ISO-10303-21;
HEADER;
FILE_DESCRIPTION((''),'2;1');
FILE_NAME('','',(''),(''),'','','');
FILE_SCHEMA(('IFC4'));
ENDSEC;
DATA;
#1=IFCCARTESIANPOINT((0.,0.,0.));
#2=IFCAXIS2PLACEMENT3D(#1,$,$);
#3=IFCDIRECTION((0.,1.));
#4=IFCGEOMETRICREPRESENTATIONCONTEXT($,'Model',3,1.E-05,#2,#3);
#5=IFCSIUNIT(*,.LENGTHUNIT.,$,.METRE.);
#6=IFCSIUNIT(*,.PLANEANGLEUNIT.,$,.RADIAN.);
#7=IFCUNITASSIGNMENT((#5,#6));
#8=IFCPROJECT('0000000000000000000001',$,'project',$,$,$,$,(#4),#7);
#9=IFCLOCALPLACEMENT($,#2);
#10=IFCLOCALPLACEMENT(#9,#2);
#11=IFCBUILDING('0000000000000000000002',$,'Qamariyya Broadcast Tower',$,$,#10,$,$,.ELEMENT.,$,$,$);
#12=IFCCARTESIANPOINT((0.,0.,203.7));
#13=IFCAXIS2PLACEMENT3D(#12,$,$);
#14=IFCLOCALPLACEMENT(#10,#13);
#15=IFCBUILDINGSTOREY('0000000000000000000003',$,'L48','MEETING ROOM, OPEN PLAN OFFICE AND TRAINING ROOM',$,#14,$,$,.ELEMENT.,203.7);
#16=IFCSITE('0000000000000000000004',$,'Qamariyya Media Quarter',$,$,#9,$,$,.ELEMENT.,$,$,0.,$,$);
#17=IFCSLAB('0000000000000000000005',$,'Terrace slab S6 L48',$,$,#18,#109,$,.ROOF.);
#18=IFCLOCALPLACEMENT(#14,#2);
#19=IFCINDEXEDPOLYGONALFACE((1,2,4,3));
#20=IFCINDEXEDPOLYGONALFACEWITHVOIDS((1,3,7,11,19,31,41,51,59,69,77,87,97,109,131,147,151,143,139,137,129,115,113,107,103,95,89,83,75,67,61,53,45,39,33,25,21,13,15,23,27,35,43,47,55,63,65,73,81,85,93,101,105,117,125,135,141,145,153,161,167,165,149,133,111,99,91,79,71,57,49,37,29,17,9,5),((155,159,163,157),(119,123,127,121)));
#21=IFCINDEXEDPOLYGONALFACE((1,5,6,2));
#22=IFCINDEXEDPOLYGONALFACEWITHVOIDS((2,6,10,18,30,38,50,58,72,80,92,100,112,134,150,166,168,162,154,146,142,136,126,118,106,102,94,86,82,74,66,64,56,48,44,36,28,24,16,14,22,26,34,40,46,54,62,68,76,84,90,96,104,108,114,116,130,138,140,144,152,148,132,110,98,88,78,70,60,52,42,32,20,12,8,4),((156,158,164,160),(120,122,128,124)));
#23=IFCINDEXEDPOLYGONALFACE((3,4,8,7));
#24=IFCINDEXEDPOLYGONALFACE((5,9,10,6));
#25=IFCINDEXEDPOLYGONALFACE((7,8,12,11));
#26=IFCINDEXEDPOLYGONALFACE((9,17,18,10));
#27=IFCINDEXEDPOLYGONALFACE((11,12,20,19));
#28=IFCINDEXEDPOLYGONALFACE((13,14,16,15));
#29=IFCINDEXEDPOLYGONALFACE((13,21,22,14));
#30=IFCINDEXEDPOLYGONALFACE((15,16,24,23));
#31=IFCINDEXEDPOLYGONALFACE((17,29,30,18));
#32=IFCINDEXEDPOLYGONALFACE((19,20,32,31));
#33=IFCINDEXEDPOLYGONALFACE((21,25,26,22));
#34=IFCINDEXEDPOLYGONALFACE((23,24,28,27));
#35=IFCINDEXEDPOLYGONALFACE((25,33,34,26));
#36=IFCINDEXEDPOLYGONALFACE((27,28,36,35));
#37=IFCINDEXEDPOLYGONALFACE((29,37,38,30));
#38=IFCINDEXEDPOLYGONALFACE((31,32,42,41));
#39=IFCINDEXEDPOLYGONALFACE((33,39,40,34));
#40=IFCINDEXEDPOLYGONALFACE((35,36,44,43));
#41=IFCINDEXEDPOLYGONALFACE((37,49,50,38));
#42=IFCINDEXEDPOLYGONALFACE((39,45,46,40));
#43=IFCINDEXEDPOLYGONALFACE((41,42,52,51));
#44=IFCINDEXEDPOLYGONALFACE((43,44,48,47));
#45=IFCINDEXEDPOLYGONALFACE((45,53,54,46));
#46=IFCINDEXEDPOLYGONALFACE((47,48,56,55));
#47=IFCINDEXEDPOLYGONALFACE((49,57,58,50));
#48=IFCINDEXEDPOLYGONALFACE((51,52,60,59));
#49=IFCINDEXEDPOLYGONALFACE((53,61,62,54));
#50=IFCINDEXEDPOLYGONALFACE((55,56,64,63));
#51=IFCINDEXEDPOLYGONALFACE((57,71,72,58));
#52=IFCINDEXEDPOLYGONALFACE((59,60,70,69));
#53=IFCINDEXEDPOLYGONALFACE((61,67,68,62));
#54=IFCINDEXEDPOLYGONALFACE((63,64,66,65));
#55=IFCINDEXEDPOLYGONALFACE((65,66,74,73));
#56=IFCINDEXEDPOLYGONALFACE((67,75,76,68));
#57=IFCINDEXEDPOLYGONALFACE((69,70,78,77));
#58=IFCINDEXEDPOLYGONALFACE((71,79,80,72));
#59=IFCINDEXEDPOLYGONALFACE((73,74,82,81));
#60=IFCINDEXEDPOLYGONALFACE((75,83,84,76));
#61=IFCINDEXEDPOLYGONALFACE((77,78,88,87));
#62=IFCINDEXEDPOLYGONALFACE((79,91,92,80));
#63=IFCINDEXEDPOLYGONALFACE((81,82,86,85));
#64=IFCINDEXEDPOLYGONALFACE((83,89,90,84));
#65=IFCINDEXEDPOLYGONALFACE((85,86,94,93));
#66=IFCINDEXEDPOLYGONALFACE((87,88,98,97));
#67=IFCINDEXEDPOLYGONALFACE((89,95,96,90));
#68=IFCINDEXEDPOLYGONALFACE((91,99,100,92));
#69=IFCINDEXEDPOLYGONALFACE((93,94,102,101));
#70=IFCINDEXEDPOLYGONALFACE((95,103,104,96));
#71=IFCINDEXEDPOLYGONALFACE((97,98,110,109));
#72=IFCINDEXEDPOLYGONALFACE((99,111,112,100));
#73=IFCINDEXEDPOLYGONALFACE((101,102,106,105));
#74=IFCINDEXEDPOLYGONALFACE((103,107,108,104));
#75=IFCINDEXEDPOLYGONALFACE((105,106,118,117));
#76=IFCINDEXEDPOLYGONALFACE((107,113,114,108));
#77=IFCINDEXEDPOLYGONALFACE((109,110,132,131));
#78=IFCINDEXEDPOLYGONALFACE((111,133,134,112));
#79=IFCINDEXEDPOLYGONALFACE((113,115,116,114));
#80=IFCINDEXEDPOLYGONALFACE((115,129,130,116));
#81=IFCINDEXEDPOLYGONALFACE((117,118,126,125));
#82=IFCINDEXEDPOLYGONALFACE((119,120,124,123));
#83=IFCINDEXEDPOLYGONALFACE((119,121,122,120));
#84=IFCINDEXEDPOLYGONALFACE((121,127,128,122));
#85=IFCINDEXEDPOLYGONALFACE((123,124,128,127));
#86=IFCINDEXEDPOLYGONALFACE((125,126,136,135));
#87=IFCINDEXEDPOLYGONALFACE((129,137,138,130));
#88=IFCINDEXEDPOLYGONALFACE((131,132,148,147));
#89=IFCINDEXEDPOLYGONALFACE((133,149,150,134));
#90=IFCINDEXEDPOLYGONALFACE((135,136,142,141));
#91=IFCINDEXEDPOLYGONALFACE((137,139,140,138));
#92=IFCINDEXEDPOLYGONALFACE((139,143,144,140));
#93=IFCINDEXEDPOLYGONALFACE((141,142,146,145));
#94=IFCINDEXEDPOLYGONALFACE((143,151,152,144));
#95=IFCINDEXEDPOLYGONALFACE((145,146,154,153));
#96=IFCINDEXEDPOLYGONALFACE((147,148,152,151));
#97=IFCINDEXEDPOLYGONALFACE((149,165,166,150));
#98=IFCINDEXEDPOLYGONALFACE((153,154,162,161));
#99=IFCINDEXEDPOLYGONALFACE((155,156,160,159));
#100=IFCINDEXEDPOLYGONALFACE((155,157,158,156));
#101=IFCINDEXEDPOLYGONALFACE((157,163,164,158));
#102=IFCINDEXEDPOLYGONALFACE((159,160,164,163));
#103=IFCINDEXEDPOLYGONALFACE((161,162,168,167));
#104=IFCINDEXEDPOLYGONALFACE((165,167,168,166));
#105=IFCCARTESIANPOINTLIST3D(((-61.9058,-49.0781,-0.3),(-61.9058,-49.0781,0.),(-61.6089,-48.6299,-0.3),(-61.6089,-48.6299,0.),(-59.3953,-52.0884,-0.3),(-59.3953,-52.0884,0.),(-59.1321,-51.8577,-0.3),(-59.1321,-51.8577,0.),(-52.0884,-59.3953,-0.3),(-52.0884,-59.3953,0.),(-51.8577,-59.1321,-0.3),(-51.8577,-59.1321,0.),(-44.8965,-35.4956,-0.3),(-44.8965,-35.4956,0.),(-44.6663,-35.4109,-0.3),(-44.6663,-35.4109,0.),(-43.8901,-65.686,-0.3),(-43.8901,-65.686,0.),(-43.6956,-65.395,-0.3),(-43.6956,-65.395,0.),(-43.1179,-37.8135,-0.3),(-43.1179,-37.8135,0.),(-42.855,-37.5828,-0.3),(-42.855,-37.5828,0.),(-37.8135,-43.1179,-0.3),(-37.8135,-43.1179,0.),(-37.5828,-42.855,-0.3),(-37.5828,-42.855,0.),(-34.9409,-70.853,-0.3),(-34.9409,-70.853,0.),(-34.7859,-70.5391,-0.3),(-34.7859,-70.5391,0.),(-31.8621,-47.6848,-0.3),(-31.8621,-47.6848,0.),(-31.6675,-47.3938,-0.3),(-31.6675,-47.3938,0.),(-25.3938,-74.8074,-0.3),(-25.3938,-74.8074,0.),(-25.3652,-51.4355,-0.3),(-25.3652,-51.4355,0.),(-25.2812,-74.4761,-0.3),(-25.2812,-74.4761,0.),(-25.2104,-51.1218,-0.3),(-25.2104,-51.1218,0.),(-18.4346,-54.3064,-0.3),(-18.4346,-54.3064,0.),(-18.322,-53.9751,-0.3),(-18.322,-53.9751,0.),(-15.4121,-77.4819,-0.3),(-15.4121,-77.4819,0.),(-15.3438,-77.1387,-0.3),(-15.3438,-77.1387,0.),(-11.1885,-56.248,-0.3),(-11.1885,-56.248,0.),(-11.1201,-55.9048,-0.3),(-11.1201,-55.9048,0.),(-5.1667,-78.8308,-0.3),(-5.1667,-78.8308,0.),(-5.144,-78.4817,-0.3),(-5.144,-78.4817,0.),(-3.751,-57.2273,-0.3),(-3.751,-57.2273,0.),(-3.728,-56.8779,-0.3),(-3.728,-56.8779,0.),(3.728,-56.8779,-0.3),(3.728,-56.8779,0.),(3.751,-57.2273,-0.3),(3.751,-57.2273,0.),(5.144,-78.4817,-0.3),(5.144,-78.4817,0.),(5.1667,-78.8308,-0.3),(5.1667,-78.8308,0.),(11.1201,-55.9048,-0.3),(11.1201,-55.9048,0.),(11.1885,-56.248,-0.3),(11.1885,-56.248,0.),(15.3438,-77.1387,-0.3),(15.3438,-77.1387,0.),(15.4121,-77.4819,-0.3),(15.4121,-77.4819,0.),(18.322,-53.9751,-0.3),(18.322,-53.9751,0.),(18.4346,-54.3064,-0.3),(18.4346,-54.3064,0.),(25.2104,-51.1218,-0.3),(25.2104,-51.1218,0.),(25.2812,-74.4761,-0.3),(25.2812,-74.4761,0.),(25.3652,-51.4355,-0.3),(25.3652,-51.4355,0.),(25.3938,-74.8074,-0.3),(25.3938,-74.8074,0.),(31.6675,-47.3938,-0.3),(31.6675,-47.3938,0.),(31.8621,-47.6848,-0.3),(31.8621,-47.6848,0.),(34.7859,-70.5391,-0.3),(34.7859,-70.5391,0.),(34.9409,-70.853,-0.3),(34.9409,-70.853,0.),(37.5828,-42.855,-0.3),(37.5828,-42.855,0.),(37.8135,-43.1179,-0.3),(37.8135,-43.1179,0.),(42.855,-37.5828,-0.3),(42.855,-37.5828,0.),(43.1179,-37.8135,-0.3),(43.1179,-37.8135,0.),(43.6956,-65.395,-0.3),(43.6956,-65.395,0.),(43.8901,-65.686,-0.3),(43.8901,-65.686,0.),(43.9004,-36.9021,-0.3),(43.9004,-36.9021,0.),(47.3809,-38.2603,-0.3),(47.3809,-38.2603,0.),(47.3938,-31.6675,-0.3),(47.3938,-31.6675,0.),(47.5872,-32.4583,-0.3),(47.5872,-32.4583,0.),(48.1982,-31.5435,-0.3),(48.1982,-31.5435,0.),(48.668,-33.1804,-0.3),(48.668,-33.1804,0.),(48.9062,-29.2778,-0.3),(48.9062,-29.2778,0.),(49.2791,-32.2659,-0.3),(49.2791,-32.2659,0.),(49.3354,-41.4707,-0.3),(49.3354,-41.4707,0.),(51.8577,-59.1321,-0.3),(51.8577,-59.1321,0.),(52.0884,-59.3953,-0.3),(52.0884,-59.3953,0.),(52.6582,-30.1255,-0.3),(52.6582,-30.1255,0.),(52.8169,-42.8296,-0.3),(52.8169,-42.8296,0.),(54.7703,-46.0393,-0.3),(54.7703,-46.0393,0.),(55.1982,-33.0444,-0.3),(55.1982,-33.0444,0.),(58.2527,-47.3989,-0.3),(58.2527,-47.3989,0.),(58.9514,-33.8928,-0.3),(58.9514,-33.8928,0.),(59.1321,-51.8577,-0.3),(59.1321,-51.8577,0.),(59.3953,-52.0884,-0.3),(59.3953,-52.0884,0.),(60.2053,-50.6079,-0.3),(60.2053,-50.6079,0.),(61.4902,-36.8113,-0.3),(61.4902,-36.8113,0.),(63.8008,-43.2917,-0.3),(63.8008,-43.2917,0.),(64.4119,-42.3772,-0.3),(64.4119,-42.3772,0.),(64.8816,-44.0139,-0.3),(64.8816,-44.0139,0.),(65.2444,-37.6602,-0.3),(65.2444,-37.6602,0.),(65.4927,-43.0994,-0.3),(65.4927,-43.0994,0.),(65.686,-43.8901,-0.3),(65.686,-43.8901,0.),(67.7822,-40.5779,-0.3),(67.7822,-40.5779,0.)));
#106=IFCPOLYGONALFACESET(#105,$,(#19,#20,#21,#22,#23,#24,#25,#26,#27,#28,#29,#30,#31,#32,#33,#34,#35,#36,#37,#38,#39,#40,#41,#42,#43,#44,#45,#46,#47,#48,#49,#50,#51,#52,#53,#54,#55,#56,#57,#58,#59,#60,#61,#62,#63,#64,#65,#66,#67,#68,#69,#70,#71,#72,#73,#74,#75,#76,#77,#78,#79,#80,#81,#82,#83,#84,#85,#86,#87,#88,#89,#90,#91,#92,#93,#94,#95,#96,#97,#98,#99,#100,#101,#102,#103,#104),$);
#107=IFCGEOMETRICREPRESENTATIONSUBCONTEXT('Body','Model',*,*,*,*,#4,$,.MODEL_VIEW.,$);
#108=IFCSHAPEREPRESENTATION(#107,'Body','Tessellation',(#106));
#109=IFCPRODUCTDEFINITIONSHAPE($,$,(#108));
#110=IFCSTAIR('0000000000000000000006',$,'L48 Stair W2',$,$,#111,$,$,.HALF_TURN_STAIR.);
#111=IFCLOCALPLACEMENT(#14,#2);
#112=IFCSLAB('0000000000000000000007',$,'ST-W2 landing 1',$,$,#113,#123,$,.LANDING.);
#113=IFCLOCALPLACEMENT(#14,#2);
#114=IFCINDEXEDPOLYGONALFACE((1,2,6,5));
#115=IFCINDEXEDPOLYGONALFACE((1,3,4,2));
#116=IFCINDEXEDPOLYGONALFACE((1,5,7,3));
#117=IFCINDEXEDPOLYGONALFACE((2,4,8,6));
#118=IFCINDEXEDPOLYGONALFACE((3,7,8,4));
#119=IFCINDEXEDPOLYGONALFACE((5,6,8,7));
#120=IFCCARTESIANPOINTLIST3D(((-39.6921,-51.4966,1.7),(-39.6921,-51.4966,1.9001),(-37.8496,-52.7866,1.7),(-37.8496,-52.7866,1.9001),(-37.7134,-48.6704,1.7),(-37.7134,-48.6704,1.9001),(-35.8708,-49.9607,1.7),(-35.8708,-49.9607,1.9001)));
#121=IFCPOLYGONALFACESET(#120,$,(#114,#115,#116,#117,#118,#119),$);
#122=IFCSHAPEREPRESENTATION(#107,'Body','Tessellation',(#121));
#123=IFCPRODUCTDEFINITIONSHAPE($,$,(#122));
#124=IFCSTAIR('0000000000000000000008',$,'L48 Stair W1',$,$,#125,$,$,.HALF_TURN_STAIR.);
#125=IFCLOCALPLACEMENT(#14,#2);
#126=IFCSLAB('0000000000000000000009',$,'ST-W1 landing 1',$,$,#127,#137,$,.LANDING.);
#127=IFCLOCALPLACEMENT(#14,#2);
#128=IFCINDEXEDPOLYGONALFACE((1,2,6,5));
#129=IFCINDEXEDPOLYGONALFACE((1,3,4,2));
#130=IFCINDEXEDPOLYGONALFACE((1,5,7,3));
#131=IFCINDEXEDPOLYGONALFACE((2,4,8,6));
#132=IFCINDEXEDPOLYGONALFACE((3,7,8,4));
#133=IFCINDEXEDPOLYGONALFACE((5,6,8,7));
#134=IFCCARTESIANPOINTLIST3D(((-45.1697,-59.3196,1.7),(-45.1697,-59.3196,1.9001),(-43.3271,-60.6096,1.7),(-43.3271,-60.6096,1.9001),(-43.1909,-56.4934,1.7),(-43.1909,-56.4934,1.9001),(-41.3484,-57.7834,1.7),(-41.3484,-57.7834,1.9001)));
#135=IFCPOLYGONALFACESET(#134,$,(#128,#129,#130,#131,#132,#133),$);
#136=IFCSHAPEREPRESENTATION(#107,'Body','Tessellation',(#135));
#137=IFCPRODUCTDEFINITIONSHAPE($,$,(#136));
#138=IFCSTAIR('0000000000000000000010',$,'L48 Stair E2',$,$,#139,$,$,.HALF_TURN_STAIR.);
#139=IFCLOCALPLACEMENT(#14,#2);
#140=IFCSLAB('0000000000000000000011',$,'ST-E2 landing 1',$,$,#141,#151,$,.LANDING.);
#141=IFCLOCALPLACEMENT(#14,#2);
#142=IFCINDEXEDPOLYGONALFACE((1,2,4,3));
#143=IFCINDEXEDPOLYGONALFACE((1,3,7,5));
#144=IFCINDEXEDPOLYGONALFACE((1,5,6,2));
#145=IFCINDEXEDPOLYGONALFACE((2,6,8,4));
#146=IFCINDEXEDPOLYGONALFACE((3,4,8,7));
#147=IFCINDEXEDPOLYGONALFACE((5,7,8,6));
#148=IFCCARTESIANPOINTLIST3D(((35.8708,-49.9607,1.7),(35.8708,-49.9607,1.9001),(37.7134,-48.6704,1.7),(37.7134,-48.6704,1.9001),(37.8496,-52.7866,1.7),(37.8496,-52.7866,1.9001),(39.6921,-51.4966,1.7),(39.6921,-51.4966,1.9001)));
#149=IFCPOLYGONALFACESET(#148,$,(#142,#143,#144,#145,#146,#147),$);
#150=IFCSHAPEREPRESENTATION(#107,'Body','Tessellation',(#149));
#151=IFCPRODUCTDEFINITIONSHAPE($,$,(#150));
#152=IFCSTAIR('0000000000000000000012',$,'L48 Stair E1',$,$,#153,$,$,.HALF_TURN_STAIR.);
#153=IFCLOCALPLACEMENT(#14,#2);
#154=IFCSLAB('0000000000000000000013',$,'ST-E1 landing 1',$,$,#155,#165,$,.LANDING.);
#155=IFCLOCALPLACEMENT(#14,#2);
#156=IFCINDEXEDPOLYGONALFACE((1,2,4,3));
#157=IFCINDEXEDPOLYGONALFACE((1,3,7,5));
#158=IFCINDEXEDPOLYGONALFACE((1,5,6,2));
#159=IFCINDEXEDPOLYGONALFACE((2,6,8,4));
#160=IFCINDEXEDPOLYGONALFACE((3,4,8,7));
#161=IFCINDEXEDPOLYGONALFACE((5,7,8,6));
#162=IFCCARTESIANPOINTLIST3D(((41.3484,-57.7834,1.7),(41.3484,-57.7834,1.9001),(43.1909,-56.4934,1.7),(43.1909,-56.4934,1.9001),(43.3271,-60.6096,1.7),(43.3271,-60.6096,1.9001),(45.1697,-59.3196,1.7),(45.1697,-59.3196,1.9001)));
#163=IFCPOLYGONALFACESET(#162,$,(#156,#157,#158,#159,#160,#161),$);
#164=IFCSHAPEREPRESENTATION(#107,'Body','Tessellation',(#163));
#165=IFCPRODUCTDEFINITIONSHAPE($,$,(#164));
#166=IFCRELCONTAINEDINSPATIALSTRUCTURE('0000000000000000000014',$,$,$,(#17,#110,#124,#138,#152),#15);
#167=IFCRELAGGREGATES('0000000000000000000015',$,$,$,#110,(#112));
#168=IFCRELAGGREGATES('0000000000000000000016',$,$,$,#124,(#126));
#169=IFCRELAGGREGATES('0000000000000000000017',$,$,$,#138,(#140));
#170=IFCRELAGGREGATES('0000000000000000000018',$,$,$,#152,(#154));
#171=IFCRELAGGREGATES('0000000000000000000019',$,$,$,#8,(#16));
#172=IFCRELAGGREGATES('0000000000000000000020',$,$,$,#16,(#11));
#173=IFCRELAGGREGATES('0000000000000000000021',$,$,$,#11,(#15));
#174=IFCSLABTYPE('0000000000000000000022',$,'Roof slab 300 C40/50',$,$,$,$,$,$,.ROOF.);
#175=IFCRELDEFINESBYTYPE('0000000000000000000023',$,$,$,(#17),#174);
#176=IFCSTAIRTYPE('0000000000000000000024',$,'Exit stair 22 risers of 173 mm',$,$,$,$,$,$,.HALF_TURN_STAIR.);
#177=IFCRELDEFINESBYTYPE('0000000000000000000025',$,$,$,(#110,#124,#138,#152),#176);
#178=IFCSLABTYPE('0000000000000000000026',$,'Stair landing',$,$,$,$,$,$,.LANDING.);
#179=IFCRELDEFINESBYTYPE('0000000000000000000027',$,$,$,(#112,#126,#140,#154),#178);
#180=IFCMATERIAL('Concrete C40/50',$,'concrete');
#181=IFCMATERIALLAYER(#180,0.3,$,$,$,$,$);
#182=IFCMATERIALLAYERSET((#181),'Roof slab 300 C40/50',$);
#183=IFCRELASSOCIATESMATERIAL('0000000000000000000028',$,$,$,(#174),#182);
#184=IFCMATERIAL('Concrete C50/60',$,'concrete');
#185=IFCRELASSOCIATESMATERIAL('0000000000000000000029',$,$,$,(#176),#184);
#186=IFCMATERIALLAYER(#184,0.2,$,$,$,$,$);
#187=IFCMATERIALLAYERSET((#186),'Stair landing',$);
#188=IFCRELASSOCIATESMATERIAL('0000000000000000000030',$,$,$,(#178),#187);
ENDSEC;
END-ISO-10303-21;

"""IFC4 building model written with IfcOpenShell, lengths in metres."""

from ifc_helpers import new_model, si_unit, direction, frame, origin, place, context, subcontext, project, spatial, polyline, outline, extrude, material, layer, layer_set, type_object, element, aggregate, save


model = new_model("IFC4")

# Units and contexts
model_context = context("Model", 3, precision=1e-05, world=origin(), true_north=direction((0.0, 1.0)))
body_context = subcontext(model_context, "Body", "Model", "MODEL_VIEW")
ifc_project = project(units=[si_unit("LENGTHUNIT", "METRE"), si_unit("PLANEANGLEUNIT", "RADIAN")], contexts=[model_context])

# Site, building, storey
site_placement = place(None, origin())
site = spatial("IfcSite", under=ifc_project, at=site_placement, Name="Qamariyya Media Quarter", CompositionType="ELEMENT", RefElevation=0.0)
building_placement = place(site_placement, origin())
building = spatial("IfcBuilding", under=site, at=building_placement, Name="Qamariyya Broadcast Tower", CompositionType="ELEMENT")
storey_placement = place(building_placement, frame((0.0, 0.0, 203.7)))
storey = spatial("IfcBuildingStorey", under=building, at=storey_placement, Name="L48", Description="MEETING ROOM, OPEN PLAN OFFICE AND TRAINING ROOM", CompositionType="ELEMENT", Elevation=203.7)

# Shared definitions
ifc_material_1 = material(Name="Concrete C40/50", Category="concrete")

# Slab
ifc_layer_1 = layer(ifc_material_1, 0.3)
ifc_layer_set_1 = layer_set([ifc_layer_1], Name="Roof slab 300 C40/50")
slab_type_1 = type_object("IfcSlabType", Name="Roof slab 300 C40/50", PredefinedType="ROOF", material=ifc_layer_set_1)
slab_1_placement = place(storey_placement, frame((0.0, 0.0, -0.3)))
element("IfcSlab", 1, at=slab_1_placement, inside=storey, type_object=slab_type_1, Name="Terrace slab S6 L48", PredefinedType="ROOF", context=body_context, shape_type="SweptSolid", body=[
    extrude(outline(polyline([(-37.5828, -42.855), (-42.855, -37.5828), (-44.6663, -35.4109), (-44.8965, -35.4956), (-43.1179, -37.8135), (-37.8135, -43.1179), (-31.8621, -47.6848), (-25.3652, -51.4355), (-18.4346, -54.3064), (-11.1885, -56.248), (-3.751, -57.2273), (3.751, -57.2273), (11.1885, -56.248), (18.4346, -54.3064), (25.3652, -51.4355), (31.8621, -47.6848), (37.8135, -43.1179), (43.1179, -37.8135), (43.9004, -36.9021), (47.3809, -38.2603), (49.3354, -41.4707), (52.8169, -42.8296), (54.7703, -46.0393), (58.2527, -47.3989), (60.2053, -50.6079), (59.1321, -51.8577), (51.8577, -59.1321), (43.6956, -65.395), (34.7859, -70.5391), (25.2812, -74.4761), (15.3438, -77.1387), (5.144, -78.4817), (-5.144, -78.4817), (-15.3438, -77.1387), (-25.2812, -74.4761), (-34.7859, -70.5391), (-43.6956, -65.395), (-51.8577, -59.1321), (-59.1321, -51.8577), (-61.6089, -48.6299), (-61.9058, -49.0781), (-59.3953, -52.0884), (-52.0884, -59.3953), (-43.8901, -65.686), (-34.9409, -70.853), (-25.3938, -74.8074), (-15.4121, -77.4819), (-5.1667, -78.8308), (5.1667, -78.8308), (15.4121, -77.4819), (25.3938, -74.8074), (34.9409, -70.853), (43.8901, -65.686), (52.0884, -59.3953), (59.3953, -52.0884), (65.686, -43.8901), (67.7822, -40.5779), (65.2444, -37.6602), (61.4902, -36.8113), (58.9514, -33.8928), (55.1982, -33.0444), (52.6582, -30.1255), (48.9062, -29.2778), (47.3938, -31.6675), (42.855, -37.5828), (37.5828, -42.855), (31.6675, -47.3938), (25.2104, -51.1218), (18.322, -53.9751), (11.1201, -55.9048), (3.728, -56.8779), (-3.728, -56.8779), (-11.1201, -55.9048), (-18.322, -53.9751), (-25.2104, -51.1218), (-31.6675, -47.3938), (-37.5828, -42.855)]), holes=[polyline([(64.8816, -44.0139), (63.8008, -43.2917), (64.4119, -42.3772), (65.4927, -43.0994), (64.8816, -44.0139)]), polyline([(48.668, -33.1804), (47.5872, -32.4583), (48.1982, -31.5435), (49.2791, -32.2659), (48.668, -33.1804)])]), origin(), (0.0, 0.0, 1.0), 0.3),
])

# Stairs, slabs
ifc_material_2 = material(Name="Concrete C50/60", Category="concrete")
stair_type = type_object("IfcStairType", Name="Exit stair 22 risers of 173 mm", PredefinedType="HALF_TURN_STAIR", material=ifc_material_2)
stair_1_placement = place(storey_placement, origin())
stair_1 = element("IfcStair", 2, at=stair_1_placement, inside=storey, type_object=stair_type, Name="L48 Stair W2", PredefinedType="HALF_TURN_STAIR")
ifc_layer_2 = layer(ifc_material_2, 0.2)
ifc_layer_set_2 = layer_set([ifc_layer_2], Name="Stair landing")
slab_type_2 = type_object("IfcSlabType", Name="Stair landing", PredefinedType="LANDING", material=ifc_layer_set_2)
slab_2_placement = place(storey_placement, frame((0.0, 0.0, 1.7)))
slab_2 = element("IfcSlab", 3, at=slab_2_placement, type_object=slab_type_2, Name="ST-W2 landing 1", PredefinedType="LANDING", context=body_context, shape_type="SweptSolid", body=[
    extrude(outline(polyline([(-39.6921, -51.4966), (-37.8496, -52.7866), (-35.8708, -49.9607), (-37.7134, -48.6704), (-39.6921, -51.4966)])), origin(), (0.0, 0.0, 1.0), 0.2002),
])
aggregate(stair_1, [slab_2])
stair_2_placement = place(storey_placement, origin())
stair_2 = element("IfcStair", 4, at=stair_2_placement, inside=storey, type_object=stair_type, Name="L48 Stair W1", PredefinedType="HALF_TURN_STAIR")
slab_3_placement = place(storey_placement, frame((0.0, 0.0, 1.7)))
slab_3 = element("IfcSlab", 5, at=slab_3_placement, type_object=slab_type_2, Name="ST-W1 landing 1", PredefinedType="LANDING", context=body_context, shape_type="SweptSolid", body=[
    extrude(outline(polyline([(-45.1697, -59.3196), (-43.3271, -60.6096), (-41.3484, -57.7834), (-43.1909, -56.4934), (-45.1697, -59.3196)])), origin(), (0.0, 0.0, 1.0), 0.2002),
])
aggregate(stair_2, [slab_3])
stair_3_placement = place(storey_placement, origin())
stair_3 = element("IfcStair", 6, at=stair_3_placement, inside=storey, type_object=stair_type, Name="L48 Stair E2", PredefinedType="HALF_TURN_STAIR")
slab_4_placement = place(storey_placement, frame((0.0, 0.0, 1.7)))
slab_4 = element("IfcSlab", 7, at=slab_4_placement, type_object=slab_type_2, Name="ST-E2 landing 1", PredefinedType="LANDING", context=body_context, shape_type="SweptSolid", body=[
    extrude(outline(polyline([(37.7134, -48.6704), (35.8708, -49.9607), (37.8496, -52.7866), (39.6921, -51.4966), (37.7134, -48.6704)])), origin(), (0.0, 0.0, 1.0), 0.2002),
])
aggregate(stair_3, [slab_4])
stair_4_placement = place(storey_placement, origin())
stair_4 = element("IfcStair", 8, at=stair_4_placement, inside=storey, type_object=stair_type, Name="L48 Stair E1", PredefinedType="HALF_TURN_STAIR")
slab_5_placement = place(storey_placement, frame((0.0, 0.0, 1.7)))
slab_5 = element("IfcSlab", 9, at=slab_5_placement, type_object=slab_type_2, Name="ST-E1 landing 1", PredefinedType="LANDING", context=body_context, shape_type="SweptSolid", body=[
    extrude(outline(polyline([(43.1909, -56.4934), (41.3484, -57.7834), (43.3271, -60.6096), (45.1697, -59.3196), (43.1909, -56.4934)])), origin(), (0.0, 0.0, 1.0), 0.2002),
])
aggregate(stair_4, [slab_5])

save(model, "model.ifc")
